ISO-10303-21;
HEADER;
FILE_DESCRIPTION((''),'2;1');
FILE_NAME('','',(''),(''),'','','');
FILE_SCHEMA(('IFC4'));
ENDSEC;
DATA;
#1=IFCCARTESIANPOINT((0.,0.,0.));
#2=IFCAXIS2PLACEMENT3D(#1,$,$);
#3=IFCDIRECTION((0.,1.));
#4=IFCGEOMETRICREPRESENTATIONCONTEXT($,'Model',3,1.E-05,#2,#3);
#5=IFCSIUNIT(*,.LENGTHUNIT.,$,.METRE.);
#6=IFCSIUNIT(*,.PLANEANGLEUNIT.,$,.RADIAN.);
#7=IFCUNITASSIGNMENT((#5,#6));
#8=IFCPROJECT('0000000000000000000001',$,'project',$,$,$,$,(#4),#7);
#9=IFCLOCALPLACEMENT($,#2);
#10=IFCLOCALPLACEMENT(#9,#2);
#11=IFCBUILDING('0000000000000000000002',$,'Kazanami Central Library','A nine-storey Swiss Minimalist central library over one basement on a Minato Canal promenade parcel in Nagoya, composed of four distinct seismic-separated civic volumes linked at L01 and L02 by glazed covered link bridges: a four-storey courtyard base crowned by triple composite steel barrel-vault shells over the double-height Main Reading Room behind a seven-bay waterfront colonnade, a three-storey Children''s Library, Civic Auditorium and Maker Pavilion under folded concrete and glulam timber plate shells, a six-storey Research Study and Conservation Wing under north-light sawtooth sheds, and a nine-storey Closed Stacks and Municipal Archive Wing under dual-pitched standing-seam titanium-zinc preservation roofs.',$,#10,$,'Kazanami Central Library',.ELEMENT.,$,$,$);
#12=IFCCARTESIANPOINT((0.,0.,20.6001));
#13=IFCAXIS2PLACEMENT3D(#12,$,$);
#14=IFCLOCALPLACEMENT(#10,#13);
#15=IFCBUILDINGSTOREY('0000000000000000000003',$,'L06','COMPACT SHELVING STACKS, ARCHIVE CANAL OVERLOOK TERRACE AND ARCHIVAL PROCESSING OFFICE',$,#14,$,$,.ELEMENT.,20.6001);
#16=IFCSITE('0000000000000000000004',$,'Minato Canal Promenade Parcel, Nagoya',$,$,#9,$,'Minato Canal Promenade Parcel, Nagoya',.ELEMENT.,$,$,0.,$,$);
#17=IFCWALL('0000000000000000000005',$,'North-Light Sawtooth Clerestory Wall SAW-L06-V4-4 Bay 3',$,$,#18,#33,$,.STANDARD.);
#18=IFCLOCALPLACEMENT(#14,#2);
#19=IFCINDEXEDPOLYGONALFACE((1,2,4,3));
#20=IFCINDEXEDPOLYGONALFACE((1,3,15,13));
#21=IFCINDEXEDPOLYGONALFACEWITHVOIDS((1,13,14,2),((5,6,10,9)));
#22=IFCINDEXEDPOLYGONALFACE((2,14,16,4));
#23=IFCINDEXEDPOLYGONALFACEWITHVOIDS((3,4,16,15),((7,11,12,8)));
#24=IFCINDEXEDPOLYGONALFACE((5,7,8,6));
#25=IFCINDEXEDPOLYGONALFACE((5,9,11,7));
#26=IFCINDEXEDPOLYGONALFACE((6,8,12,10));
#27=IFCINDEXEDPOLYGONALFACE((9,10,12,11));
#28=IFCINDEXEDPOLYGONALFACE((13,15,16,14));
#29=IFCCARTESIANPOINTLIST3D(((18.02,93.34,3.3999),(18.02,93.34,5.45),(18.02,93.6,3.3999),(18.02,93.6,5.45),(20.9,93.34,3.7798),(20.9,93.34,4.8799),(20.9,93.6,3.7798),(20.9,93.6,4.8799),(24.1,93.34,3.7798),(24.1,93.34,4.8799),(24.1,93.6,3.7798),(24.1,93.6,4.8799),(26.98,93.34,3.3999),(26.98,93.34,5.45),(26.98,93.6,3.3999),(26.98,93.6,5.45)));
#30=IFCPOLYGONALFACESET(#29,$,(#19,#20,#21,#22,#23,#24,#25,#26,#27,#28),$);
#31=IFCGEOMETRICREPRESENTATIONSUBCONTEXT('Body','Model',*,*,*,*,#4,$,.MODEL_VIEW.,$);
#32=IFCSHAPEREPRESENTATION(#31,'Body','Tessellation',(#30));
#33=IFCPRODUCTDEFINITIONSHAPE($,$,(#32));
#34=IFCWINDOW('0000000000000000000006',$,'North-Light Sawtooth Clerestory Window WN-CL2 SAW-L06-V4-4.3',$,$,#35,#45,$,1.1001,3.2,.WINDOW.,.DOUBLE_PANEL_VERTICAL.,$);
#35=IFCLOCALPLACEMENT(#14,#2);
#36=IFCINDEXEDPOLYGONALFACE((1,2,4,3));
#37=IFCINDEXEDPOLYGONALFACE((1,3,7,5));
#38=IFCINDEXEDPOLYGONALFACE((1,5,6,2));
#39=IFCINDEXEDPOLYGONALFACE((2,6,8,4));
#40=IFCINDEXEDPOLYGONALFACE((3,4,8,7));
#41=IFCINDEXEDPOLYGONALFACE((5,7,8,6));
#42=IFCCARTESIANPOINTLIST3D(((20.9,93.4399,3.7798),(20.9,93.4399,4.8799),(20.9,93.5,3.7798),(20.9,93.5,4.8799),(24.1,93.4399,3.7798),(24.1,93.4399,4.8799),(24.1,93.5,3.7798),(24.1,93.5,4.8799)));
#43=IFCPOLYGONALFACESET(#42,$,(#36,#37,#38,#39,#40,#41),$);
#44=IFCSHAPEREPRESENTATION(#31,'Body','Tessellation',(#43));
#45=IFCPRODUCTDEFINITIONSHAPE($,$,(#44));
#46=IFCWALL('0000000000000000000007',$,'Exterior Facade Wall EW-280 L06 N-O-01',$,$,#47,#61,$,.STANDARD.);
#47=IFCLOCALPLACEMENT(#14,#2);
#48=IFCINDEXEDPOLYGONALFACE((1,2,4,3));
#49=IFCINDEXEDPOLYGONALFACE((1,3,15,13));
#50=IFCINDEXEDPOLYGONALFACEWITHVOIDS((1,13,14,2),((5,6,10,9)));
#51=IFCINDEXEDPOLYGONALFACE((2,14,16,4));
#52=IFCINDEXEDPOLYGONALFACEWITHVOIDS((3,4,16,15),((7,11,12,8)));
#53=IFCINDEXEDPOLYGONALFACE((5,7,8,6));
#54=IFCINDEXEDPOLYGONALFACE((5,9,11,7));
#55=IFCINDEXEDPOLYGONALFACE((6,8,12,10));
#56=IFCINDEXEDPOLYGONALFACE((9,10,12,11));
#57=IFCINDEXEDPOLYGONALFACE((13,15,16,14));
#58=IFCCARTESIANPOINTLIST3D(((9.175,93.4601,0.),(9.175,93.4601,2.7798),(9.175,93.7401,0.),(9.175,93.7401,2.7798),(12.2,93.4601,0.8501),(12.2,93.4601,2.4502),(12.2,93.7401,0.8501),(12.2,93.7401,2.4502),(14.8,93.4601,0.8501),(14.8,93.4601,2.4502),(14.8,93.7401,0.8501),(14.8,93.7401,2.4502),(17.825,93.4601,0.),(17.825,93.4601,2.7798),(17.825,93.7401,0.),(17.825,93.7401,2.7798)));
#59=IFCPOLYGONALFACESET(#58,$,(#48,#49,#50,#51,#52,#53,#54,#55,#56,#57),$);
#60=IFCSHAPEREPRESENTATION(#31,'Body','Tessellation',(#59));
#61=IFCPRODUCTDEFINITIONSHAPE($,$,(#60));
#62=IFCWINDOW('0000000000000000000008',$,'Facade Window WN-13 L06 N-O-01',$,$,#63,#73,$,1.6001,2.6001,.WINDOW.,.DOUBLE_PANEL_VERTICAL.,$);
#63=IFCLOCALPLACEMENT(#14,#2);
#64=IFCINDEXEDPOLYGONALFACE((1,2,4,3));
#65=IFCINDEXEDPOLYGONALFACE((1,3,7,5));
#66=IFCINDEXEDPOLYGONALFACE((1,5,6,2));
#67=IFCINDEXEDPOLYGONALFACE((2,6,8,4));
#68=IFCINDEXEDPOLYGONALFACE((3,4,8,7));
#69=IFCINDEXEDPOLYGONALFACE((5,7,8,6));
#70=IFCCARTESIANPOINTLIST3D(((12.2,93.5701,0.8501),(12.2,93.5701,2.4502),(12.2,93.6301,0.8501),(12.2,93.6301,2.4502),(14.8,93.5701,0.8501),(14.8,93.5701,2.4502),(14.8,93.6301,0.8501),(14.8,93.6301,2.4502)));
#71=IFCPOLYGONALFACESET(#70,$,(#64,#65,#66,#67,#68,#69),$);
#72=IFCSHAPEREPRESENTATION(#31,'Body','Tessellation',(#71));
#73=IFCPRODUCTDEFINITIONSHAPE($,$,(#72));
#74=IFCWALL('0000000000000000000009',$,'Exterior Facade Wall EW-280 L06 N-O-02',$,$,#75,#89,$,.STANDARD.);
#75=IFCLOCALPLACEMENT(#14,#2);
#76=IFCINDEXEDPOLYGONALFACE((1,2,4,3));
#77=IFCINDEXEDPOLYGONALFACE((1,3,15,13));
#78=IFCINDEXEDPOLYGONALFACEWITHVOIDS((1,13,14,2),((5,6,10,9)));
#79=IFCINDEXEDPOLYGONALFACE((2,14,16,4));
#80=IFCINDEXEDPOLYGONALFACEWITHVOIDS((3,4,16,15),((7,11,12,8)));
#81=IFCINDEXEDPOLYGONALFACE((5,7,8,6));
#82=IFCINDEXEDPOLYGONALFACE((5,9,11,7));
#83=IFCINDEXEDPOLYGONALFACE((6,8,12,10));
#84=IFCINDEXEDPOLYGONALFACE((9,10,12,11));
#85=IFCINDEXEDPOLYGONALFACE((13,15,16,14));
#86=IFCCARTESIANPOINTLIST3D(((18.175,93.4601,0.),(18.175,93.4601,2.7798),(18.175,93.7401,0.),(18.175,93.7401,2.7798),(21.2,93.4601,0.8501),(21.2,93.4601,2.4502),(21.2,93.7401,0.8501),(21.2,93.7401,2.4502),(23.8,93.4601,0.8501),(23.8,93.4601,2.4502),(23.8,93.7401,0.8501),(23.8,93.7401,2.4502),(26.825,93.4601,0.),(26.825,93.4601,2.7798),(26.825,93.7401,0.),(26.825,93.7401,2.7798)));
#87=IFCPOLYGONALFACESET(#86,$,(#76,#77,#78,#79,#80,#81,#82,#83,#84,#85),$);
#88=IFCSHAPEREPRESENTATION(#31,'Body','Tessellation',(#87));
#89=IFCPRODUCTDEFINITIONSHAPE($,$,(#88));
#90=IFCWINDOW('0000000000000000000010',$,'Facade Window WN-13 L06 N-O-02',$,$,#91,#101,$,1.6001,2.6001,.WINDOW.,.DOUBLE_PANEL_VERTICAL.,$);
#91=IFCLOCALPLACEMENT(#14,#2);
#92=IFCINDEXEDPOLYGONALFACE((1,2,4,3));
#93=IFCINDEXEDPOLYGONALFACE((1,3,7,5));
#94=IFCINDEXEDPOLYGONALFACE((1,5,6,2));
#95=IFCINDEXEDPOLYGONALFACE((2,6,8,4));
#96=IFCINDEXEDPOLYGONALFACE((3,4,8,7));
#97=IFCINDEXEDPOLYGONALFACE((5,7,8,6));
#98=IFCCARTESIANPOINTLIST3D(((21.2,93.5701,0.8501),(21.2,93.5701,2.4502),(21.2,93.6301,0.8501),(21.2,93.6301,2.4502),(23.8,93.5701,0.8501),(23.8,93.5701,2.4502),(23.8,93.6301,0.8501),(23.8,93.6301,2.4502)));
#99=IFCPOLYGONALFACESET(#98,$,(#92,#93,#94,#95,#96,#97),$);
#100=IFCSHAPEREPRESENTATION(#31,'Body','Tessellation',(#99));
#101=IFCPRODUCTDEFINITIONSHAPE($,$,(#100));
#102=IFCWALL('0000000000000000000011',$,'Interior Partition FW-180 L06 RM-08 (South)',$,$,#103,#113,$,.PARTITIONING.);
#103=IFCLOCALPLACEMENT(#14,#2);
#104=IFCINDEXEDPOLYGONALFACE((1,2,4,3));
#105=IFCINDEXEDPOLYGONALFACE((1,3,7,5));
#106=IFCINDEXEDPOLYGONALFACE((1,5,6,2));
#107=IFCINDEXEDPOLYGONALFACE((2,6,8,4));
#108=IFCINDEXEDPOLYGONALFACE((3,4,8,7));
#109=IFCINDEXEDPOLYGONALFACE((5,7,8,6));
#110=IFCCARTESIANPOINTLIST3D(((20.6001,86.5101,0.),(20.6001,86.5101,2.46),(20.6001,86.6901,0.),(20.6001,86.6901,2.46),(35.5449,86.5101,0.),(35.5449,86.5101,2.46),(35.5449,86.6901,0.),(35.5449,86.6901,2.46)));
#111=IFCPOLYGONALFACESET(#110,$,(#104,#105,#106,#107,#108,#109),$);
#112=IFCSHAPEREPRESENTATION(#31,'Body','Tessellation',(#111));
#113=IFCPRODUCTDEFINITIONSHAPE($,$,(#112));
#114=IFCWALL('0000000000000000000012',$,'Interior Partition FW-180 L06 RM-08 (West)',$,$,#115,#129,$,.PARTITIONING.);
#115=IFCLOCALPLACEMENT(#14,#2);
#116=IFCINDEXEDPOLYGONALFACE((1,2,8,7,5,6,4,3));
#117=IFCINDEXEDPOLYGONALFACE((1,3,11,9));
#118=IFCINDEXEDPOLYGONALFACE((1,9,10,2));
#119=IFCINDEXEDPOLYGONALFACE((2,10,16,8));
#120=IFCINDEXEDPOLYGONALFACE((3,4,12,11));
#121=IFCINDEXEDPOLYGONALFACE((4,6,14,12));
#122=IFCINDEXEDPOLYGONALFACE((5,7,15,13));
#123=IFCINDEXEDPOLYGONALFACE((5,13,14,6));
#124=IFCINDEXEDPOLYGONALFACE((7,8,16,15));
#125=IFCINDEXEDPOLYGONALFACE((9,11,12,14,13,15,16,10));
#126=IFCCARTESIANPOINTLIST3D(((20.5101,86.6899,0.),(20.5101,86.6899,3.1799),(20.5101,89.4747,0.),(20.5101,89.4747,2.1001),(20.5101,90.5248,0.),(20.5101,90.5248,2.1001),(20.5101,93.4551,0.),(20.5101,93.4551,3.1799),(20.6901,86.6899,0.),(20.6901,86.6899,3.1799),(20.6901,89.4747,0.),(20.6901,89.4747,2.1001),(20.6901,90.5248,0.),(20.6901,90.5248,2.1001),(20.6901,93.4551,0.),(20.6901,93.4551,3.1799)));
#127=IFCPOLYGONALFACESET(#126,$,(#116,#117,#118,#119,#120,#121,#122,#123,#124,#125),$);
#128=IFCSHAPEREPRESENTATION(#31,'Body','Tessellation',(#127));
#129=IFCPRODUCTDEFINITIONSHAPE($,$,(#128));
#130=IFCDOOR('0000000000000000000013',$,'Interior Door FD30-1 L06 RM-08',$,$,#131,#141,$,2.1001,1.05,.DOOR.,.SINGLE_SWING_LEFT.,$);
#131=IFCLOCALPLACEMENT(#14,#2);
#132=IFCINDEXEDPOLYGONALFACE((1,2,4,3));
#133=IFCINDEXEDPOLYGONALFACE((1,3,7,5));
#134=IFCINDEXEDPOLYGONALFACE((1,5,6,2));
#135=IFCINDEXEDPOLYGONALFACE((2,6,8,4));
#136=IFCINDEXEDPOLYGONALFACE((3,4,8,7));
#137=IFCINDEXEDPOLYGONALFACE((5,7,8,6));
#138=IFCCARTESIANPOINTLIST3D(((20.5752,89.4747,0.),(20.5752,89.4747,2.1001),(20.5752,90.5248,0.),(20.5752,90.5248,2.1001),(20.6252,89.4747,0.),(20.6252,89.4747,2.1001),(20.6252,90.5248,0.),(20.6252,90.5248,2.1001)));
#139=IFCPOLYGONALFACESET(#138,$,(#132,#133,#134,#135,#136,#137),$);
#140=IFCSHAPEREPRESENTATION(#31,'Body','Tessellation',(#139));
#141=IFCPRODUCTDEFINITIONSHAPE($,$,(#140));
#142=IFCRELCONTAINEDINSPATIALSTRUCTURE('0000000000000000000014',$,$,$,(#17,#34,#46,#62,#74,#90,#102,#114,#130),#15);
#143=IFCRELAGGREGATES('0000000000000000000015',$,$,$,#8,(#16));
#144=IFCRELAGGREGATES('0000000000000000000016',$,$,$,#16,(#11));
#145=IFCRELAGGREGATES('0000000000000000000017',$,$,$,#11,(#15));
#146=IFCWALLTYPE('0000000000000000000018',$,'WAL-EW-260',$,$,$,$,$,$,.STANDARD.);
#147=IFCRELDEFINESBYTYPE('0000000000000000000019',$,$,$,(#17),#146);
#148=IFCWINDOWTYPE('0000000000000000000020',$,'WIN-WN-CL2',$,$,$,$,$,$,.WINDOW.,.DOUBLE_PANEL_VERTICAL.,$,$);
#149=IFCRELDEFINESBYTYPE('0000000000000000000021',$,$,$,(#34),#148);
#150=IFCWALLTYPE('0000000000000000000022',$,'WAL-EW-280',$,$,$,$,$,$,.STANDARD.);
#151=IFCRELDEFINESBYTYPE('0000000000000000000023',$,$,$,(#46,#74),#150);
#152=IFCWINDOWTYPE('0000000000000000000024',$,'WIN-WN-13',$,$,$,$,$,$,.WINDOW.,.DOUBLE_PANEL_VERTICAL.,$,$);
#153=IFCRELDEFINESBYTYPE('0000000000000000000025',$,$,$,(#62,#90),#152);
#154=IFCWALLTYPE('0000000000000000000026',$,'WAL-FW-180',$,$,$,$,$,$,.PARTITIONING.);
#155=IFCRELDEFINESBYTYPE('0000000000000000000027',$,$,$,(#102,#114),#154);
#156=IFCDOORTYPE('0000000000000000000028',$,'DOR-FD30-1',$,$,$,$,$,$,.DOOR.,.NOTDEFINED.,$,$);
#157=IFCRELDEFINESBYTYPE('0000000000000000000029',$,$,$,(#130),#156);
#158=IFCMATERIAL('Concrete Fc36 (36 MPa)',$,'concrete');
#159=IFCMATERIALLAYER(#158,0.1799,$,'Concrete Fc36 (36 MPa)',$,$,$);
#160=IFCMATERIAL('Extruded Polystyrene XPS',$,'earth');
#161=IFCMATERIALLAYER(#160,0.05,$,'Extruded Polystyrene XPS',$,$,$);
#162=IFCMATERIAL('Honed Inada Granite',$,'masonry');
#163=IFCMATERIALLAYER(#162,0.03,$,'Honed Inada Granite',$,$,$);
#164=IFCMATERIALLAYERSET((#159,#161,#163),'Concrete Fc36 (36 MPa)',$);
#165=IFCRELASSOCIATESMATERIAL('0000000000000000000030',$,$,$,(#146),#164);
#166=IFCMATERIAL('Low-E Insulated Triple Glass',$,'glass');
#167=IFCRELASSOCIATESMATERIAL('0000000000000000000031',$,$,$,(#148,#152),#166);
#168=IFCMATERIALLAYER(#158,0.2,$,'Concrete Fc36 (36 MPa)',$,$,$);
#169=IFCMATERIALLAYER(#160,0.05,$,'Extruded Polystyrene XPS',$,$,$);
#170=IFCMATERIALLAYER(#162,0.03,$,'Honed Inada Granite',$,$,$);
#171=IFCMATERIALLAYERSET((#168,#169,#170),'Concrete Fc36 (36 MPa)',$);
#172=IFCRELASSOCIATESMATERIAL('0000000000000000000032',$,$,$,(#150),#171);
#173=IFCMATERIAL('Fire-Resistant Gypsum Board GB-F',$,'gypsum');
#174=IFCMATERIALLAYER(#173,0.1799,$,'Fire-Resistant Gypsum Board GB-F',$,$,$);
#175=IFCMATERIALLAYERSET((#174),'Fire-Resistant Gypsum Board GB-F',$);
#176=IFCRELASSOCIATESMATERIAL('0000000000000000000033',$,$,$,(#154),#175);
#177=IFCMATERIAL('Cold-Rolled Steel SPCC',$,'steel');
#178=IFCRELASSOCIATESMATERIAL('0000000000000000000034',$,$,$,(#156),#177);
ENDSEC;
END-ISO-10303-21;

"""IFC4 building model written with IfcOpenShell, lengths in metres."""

from ifc_helpers import new_model, si_unit, direction, frame, frame_2d, origin, place, context, subcontext, project, spatial, rectangle, extrude, material, layer, layer_set, type_object, element, fill, save


model = new_model("IFC4")

# Units and contexts
model_context = context("Model", 3, precision=1e-05, world=origin(), true_north=direction((0.0, 1.0)))
body_context = subcontext(model_context, "Body", "Model", "MODEL_VIEW")
ifc_project = project(units=[si_unit("LENGTHUNIT", "METRE"), si_unit("PLANEANGLEUNIT", "RADIAN")], contexts=[model_context])

# Site, building, storey
site_placement = place(None, origin())
site = spatial("IfcSite", under=ifc_project, at=site_placement, Name="Minato Canal Promenade Parcel, Nagoya", LongName="Minato Canal Promenade Parcel, Nagoya", CompositionType="ELEMENT", RefElevation=0.0)
building_placement = place(site_placement, origin())
building = spatial("IfcBuilding", under=site, at=building_placement, Name="Kazanami Central Library", Description="A nine-storey Swiss Minimalist central library over one basement on a Minato Canal promenade parcel in Nagoya, composed of four distinct seismic-separated civic volumes linked at L01 and L02 by glazed covered link bridges: a four-storey courtyard base crowned by triple composite steel barrel-vault shells over the double-height Main Reading Room behind a seven-bay waterfront colonnade, a three-storey Children's Library, Civic Auditorium and Maker Pavilion under folded concrete and glulam timber plate shells, a six-storey Research Study and Conservation Wing under north-light sawtooth sheds, and a nine-storey Closed Stacks and Municipal Archive Wing under dual-pitched standing-seam titanium-zinc preservation roofs.", LongName="Kazanami Central Library", CompositionType="ELEMENT")
storey_placement = place(building_placement, frame((0.0, 0.0, 20.6001)))
storey = spatial("IfcBuildingStorey", under=building, at=storey_placement, Name="L06", Description="COMPACT SHELVING STACKS, ARCHIVE CANAL OVERLOOK TERRACE AND ARCHIVAL PROCESSING OFFICE", CompositionType="ELEMENT", Elevation=20.6001)

# Walls, openings, windows
ifc_material_1 = material(Name="Concrete Fc36 (36 MPa)", Category="concrete")
ifc_layer_1 = layer(ifc_material_1, 0.1799, Name="Concrete Fc36 (36 MPa)")
ifc_material_2 = material(Name="Extruded Polystyrene XPS", Category="earth")
ifc_layer_2 = layer(ifc_material_2, 0.05, Name="Extruded Polystyrene XPS")
ifc_material_3 = material(Name="Honed Inada Granite", Category="masonry")
ifc_layer_3 = layer(ifc_material_3, 0.03, Name="Honed Inada Granite")
ifc_layer_set_1 = layer_set([ifc_layer_1, ifc_layer_2, ifc_layer_3], Name="Concrete Fc36 (36 MPa)")
wall_type_1 = type_object("IfcWallType", Name="WAL-EW-260", PredefinedType="STANDARD", material=ifc_layer_set_1)
ifc_material_4 = material(Name="Low-E Insulated Triple Glass", Category="glass")
window_type_1 = type_object("IfcWindowType", Name="WIN-WN-CL2", PartitioningType="DOUBLE_PANEL_VERTICAL", PredefinedType="WINDOW", material=ifc_material_4)
wall_1_placement = place(storey_placement, frame((26.98, 93.47, 3.3999), z_axis=(0.0, 0.0, 1.0), x_axis=(-1.0, 0.0, 0.0)))
wall_1 = element("IfcWall", 1, at=wall_1_placement, inside=storey, type_object=wall_type_1, Name="North-Light Sawtooth Clerestory Wall SAW-L06-V4-4 Bay 3", PredefinedType="STANDARD", context=body_context, shape_type="SweptSolid", body=[
    extrude(rectangle(XDim=8.96, YDim=0.26, at=frame_2d((4.48, 0.0))), origin(), (0.0, 0.0, 1.0), 2.05),
])
opening_1_placement = place(wall_1_placement, frame((2.8799, 0.0, 0.3799)))
opening_1 = element("IfcOpeningElement", 2, at=opening_1_placement, cuts=wall_1, PredefinedType="OPENING", context=body_context, shape_type="SweptSolid", body=[
    extrude(rectangle(XDim=3.2, YDim=1.1001, at=frame_2d((1.6001, 0.55))), frame((0.0, 0.1421, 0.0), z_axis=(0.0, -1.0, 0.0), x_axis=(1.0, 0.0, 0.0)), (0.0, 0.0, 1.0), 0.2839),
])
window_1_placement = place(opening_1_placement, origin())
window_1 = element("IfcWindow", 3, at=window_1_placement, inside=storey, type_object=window_type_1, Name="North-Light Sawtooth Clerestory Window WN-CL2 SAW-L06-V4-4.3", OverallHeight=1.1001, OverallWidth=3.2, PartitioningType="DOUBLE_PANEL_VERTICAL", PredefinedType="WINDOW", context=body_context, shape_type="SweptSolid", body=[
    extrude(rectangle(XDim=3.2, YDim=1.1001, at=frame_2d((1.6001, 0.55))), frame((0.0, 0.03, 0.0), z_axis=(0.0, -1.0, 0.0), x_axis=(1.0, 0.0, 0.0)), (0.0, 0.0, 1.0), 0.0601),
])
fill(opening_1, window_1)
ifc_layer_4 = layer(ifc_material_1, 0.2, Name="Concrete Fc36 (36 MPa)")
ifc_layer_5 = layer(ifc_material_2, 0.05, Name="Extruded Polystyrene XPS")
ifc_layer_6 = layer(ifc_material_3, 0.03, Name="Honed Inada Granite")
ifc_layer_set_2 = layer_set([ifc_layer_4, ifc_layer_5, ifc_layer_6], Name="Concrete Fc36 (36 MPa)")
wall_type_2 = type_object("IfcWallType", Name="WAL-EW-280", PredefinedType="STANDARD", material=ifc_layer_set_2)
wall_2_placement = place(storey_placement, frame((17.825, 93.6001, 0.0), z_axis=(0.0, 0.0, 1.0), x_axis=(-1.0, 0.0, 0.0)))
wall_2 = element("IfcWall", 4, at=wall_2_placement, inside=storey, type_object=wall_type_2, Name="Exterior Facade Wall EW-280 L06 N-O-01", PredefinedType="STANDARD", context=body_context, shape_type="SweptSolid", body=[
    extrude(rectangle(XDim=8.6499, YDim=0.28, at=frame_2d((4.325, 0.0))), origin(), (0.0, 0.0, 1.0), 2.7798),
])
opening_2_placement = place(wall_2_placement, frame((3.0249, 0.0, 0.8501)))
opening_2 = element("IfcOpeningElement", 5, at=opening_2_placement, cuts=wall_2, PredefinedType="OPENING", context=body_context, shape_type="SweptSolid", body=[
    extrude(rectangle(XDim=2.6001, YDim=1.6001, at=frame_2d((1.3, 0.8))), frame((0.0, 0.1519, 0.0), z_axis=(0.0, -1.0, 0.0), x_axis=(1.0, 0.0, 0.0)), (0.0, 0.0, 1.0), 0.304),
])
window_type_2 = type_object("IfcWindowType", Name="WIN-WN-13", PartitioningType="DOUBLE_PANEL_VERTICAL", PredefinedType="WINDOW", material=ifc_material_4)
window_2_placement = place(opening_2_placement, origin())
window_2 = element("IfcWindow", 6, at=window_2_placement, inside=storey, type_object=window_type_2, Name="Facade Window WN-13 L06 N-O-01", OverallHeight=1.6001, OverallWidth=2.6001, PartitioningType="DOUBLE_PANEL_VERTICAL", PredefinedType="WINDOW", context=body_context, shape_type="SweptSolid", body=[
    extrude(rectangle(XDim=2.6001, YDim=1.6001, at=frame_2d((1.3, 0.8))), frame((0.0, 0.03, 0.0), z_axis=(0.0, -1.0, 0.0), x_axis=(1.0, 0.0, 0.0)), (0.0, 0.0, 1.0), 0.0601),
])
fill(opening_2, window_2)
wall_3_placement = place(storey_placement, frame((26.825, 93.6001, 0.0), z_axis=(0.0, 0.0, 1.0), x_axis=(-1.0, 0.0, 0.0)))
wall_3 = element("IfcWall", 7, at=wall_3_placement, inside=storey, type_object=wall_type_2, Name="Exterior Facade Wall EW-280 L06 N-O-02", PredefinedType="STANDARD", context=body_context, shape_type="SweptSolid", body=[
    extrude(rectangle(XDim=8.6499, YDim=0.28, at=frame_2d((4.325, 0.0))), origin(), (0.0, 0.0, 1.0), 2.7798),
])
opening_3_placement = place(wall_3_placement, frame((3.0249, 0.0, 0.8501)))
opening_3 = element("IfcOpeningElement", 8, at=opening_3_placement, cuts=wall_3, PredefinedType="OPENING", context=body_context, shape_type="SweptSolid", body=[
    extrude(rectangle(XDim=2.6001, YDim=1.6001, at=frame_2d((1.3, 0.8))), frame((0.0, 0.1519, 0.0), z_axis=(0.0, -1.0, 0.0), x_axis=(1.0, 0.0, 0.0)), (0.0, 0.0, 1.0), 0.304),
])
window_3_placement = place(opening_3_placement, origin())
window_3 = element("IfcWindow", 9, at=window_3_placement, inside=storey, type_object=window_type_2, Name="Facade Window WN-13 L06 N-O-02", OverallHeight=1.6001, OverallWidth=2.6001, PartitioningType="DOUBLE_PANEL_VERTICAL", PredefinedType="WINDOW", context=body_context, shape_type="SweptSolid", body=[
    extrude(rectangle(XDim=2.6001, YDim=1.6001, at=frame_2d((1.3, 0.8))), frame((0.0, 0.03, 0.0), z_axis=(0.0, -1.0, 0.0), x_axis=(1.0, 0.0, 0.0)), (0.0, 0.0, 1.0), 0.0601),
])
fill(opening_3, window_3)

# Wall
ifc_material_5 = material(Name="Fire-Resistant Gypsum Board GB-F", Category="gypsum")
ifc_layer_7 = layer(ifc_material_5, 0.1799, Name="Fire-Resistant Gypsum Board GB-F")
ifc_layer_set_3 = layer_set([ifc_layer_7], Name="Fire-Resistant Gypsum Board GB-F")
wall_type_3 = type_object("IfcWallType", Name="WAL-FW-180", PredefinedType="PARTITIONING", material=ifc_layer_set_3)
wall_4_placement = place(storey_placement, frame((20.6001, 86.6001, 0.0), z_axis=(0.0, 0.0, 1.0), x_axis=(1.0, 0.0, 0.0)))
element("IfcWall", 10, at=wall_4_placement, inside=storey, type_object=wall_type_3, Name="Interior Partition FW-180 L06 RM-08 (South)", PredefinedType="PARTITIONING", context=body_context, shape_type="SweptSolid", body=[
    extrude(rectangle(XDim=14.9448, YDim=0.1799, at=frame_2d((7.4724, 0.0))), origin(), (0.0, 0.0, 1.0), 2.46),
])

# Wall, opening, door
wall_5_placement = place(storey_placement, frame((20.6001, 86.6899, 0.0), z_axis=(0.0, 0.0, 1.0), x_axis=(0.0, 1.0, 0.0)))
wall_5 = element("IfcWall", 11, at=wall_5_placement, inside=storey, type_object=wall_type_3, Name="Interior Partition FW-180 L06 RM-08 (West)", PredefinedType="PARTITIONING", context=body_context, shape_type="SweptSolid", body=[
    extrude(rectangle(XDim=6.7651, YDim=0.1799, at=frame_2d((3.3826, 0.0))), origin(), (0.0, 0.0, 1.0), 3.1799),
])
opening_4_placement = place(wall_5_placement, frame((2.7849, 0.0, 0.0)))
opening_4 = element("IfcOpeningElement", 12, at=opening_4_placement, cuts=wall_5, PredefinedType="OPENING", context=body_context, shape_type="SweptSolid", body=[
    extrude(rectangle(XDim=1.05, YDim=2.1001, at=frame_2d((0.5249, 1.05))), frame((0.0, 0.1021, 0.0), z_axis=(0.0, -1.0, 0.0), x_axis=(1.0, 0.0, 0.0)), (0.0, 0.0, 1.0), 0.2039),
])
ifc_material_6 = material(Name="Cold-Rolled Steel SPCC", Category="steel")
door_type_1 = type_object("IfcDoorType", Name="DOR-FD30-1", OperationType="NOTDEFINED", PredefinedType="DOOR", material=ifc_material_6)
door_1_placement = place(opening_4_placement, origin())
door_1 = element("IfcDoor", 13, at=door_1_placement, inside=storey, type_object=door_type_1, Name="Interior Door FD30-1 L06 RM-08", OperationType="SINGLE_SWING_LEFT", OverallHeight=2.1001, OverallWidth=1.05, PredefinedType="DOOR", context=body_context, shape_type="SweptSolid", body=[
    extrude(rectangle(XDim=1.05, YDim=2.1001, at=frame_2d((0.5249, 1.05))), frame((0.0, 0.0249, 0.0), z_axis=(0.0, -1.0, 0.0), x_axis=(1.0, 0.0, 0.0)), (0.0, 0.0, 1.0), 0.05),
])
fill(opening_4, door_1)

save(model, "model.ifc")
